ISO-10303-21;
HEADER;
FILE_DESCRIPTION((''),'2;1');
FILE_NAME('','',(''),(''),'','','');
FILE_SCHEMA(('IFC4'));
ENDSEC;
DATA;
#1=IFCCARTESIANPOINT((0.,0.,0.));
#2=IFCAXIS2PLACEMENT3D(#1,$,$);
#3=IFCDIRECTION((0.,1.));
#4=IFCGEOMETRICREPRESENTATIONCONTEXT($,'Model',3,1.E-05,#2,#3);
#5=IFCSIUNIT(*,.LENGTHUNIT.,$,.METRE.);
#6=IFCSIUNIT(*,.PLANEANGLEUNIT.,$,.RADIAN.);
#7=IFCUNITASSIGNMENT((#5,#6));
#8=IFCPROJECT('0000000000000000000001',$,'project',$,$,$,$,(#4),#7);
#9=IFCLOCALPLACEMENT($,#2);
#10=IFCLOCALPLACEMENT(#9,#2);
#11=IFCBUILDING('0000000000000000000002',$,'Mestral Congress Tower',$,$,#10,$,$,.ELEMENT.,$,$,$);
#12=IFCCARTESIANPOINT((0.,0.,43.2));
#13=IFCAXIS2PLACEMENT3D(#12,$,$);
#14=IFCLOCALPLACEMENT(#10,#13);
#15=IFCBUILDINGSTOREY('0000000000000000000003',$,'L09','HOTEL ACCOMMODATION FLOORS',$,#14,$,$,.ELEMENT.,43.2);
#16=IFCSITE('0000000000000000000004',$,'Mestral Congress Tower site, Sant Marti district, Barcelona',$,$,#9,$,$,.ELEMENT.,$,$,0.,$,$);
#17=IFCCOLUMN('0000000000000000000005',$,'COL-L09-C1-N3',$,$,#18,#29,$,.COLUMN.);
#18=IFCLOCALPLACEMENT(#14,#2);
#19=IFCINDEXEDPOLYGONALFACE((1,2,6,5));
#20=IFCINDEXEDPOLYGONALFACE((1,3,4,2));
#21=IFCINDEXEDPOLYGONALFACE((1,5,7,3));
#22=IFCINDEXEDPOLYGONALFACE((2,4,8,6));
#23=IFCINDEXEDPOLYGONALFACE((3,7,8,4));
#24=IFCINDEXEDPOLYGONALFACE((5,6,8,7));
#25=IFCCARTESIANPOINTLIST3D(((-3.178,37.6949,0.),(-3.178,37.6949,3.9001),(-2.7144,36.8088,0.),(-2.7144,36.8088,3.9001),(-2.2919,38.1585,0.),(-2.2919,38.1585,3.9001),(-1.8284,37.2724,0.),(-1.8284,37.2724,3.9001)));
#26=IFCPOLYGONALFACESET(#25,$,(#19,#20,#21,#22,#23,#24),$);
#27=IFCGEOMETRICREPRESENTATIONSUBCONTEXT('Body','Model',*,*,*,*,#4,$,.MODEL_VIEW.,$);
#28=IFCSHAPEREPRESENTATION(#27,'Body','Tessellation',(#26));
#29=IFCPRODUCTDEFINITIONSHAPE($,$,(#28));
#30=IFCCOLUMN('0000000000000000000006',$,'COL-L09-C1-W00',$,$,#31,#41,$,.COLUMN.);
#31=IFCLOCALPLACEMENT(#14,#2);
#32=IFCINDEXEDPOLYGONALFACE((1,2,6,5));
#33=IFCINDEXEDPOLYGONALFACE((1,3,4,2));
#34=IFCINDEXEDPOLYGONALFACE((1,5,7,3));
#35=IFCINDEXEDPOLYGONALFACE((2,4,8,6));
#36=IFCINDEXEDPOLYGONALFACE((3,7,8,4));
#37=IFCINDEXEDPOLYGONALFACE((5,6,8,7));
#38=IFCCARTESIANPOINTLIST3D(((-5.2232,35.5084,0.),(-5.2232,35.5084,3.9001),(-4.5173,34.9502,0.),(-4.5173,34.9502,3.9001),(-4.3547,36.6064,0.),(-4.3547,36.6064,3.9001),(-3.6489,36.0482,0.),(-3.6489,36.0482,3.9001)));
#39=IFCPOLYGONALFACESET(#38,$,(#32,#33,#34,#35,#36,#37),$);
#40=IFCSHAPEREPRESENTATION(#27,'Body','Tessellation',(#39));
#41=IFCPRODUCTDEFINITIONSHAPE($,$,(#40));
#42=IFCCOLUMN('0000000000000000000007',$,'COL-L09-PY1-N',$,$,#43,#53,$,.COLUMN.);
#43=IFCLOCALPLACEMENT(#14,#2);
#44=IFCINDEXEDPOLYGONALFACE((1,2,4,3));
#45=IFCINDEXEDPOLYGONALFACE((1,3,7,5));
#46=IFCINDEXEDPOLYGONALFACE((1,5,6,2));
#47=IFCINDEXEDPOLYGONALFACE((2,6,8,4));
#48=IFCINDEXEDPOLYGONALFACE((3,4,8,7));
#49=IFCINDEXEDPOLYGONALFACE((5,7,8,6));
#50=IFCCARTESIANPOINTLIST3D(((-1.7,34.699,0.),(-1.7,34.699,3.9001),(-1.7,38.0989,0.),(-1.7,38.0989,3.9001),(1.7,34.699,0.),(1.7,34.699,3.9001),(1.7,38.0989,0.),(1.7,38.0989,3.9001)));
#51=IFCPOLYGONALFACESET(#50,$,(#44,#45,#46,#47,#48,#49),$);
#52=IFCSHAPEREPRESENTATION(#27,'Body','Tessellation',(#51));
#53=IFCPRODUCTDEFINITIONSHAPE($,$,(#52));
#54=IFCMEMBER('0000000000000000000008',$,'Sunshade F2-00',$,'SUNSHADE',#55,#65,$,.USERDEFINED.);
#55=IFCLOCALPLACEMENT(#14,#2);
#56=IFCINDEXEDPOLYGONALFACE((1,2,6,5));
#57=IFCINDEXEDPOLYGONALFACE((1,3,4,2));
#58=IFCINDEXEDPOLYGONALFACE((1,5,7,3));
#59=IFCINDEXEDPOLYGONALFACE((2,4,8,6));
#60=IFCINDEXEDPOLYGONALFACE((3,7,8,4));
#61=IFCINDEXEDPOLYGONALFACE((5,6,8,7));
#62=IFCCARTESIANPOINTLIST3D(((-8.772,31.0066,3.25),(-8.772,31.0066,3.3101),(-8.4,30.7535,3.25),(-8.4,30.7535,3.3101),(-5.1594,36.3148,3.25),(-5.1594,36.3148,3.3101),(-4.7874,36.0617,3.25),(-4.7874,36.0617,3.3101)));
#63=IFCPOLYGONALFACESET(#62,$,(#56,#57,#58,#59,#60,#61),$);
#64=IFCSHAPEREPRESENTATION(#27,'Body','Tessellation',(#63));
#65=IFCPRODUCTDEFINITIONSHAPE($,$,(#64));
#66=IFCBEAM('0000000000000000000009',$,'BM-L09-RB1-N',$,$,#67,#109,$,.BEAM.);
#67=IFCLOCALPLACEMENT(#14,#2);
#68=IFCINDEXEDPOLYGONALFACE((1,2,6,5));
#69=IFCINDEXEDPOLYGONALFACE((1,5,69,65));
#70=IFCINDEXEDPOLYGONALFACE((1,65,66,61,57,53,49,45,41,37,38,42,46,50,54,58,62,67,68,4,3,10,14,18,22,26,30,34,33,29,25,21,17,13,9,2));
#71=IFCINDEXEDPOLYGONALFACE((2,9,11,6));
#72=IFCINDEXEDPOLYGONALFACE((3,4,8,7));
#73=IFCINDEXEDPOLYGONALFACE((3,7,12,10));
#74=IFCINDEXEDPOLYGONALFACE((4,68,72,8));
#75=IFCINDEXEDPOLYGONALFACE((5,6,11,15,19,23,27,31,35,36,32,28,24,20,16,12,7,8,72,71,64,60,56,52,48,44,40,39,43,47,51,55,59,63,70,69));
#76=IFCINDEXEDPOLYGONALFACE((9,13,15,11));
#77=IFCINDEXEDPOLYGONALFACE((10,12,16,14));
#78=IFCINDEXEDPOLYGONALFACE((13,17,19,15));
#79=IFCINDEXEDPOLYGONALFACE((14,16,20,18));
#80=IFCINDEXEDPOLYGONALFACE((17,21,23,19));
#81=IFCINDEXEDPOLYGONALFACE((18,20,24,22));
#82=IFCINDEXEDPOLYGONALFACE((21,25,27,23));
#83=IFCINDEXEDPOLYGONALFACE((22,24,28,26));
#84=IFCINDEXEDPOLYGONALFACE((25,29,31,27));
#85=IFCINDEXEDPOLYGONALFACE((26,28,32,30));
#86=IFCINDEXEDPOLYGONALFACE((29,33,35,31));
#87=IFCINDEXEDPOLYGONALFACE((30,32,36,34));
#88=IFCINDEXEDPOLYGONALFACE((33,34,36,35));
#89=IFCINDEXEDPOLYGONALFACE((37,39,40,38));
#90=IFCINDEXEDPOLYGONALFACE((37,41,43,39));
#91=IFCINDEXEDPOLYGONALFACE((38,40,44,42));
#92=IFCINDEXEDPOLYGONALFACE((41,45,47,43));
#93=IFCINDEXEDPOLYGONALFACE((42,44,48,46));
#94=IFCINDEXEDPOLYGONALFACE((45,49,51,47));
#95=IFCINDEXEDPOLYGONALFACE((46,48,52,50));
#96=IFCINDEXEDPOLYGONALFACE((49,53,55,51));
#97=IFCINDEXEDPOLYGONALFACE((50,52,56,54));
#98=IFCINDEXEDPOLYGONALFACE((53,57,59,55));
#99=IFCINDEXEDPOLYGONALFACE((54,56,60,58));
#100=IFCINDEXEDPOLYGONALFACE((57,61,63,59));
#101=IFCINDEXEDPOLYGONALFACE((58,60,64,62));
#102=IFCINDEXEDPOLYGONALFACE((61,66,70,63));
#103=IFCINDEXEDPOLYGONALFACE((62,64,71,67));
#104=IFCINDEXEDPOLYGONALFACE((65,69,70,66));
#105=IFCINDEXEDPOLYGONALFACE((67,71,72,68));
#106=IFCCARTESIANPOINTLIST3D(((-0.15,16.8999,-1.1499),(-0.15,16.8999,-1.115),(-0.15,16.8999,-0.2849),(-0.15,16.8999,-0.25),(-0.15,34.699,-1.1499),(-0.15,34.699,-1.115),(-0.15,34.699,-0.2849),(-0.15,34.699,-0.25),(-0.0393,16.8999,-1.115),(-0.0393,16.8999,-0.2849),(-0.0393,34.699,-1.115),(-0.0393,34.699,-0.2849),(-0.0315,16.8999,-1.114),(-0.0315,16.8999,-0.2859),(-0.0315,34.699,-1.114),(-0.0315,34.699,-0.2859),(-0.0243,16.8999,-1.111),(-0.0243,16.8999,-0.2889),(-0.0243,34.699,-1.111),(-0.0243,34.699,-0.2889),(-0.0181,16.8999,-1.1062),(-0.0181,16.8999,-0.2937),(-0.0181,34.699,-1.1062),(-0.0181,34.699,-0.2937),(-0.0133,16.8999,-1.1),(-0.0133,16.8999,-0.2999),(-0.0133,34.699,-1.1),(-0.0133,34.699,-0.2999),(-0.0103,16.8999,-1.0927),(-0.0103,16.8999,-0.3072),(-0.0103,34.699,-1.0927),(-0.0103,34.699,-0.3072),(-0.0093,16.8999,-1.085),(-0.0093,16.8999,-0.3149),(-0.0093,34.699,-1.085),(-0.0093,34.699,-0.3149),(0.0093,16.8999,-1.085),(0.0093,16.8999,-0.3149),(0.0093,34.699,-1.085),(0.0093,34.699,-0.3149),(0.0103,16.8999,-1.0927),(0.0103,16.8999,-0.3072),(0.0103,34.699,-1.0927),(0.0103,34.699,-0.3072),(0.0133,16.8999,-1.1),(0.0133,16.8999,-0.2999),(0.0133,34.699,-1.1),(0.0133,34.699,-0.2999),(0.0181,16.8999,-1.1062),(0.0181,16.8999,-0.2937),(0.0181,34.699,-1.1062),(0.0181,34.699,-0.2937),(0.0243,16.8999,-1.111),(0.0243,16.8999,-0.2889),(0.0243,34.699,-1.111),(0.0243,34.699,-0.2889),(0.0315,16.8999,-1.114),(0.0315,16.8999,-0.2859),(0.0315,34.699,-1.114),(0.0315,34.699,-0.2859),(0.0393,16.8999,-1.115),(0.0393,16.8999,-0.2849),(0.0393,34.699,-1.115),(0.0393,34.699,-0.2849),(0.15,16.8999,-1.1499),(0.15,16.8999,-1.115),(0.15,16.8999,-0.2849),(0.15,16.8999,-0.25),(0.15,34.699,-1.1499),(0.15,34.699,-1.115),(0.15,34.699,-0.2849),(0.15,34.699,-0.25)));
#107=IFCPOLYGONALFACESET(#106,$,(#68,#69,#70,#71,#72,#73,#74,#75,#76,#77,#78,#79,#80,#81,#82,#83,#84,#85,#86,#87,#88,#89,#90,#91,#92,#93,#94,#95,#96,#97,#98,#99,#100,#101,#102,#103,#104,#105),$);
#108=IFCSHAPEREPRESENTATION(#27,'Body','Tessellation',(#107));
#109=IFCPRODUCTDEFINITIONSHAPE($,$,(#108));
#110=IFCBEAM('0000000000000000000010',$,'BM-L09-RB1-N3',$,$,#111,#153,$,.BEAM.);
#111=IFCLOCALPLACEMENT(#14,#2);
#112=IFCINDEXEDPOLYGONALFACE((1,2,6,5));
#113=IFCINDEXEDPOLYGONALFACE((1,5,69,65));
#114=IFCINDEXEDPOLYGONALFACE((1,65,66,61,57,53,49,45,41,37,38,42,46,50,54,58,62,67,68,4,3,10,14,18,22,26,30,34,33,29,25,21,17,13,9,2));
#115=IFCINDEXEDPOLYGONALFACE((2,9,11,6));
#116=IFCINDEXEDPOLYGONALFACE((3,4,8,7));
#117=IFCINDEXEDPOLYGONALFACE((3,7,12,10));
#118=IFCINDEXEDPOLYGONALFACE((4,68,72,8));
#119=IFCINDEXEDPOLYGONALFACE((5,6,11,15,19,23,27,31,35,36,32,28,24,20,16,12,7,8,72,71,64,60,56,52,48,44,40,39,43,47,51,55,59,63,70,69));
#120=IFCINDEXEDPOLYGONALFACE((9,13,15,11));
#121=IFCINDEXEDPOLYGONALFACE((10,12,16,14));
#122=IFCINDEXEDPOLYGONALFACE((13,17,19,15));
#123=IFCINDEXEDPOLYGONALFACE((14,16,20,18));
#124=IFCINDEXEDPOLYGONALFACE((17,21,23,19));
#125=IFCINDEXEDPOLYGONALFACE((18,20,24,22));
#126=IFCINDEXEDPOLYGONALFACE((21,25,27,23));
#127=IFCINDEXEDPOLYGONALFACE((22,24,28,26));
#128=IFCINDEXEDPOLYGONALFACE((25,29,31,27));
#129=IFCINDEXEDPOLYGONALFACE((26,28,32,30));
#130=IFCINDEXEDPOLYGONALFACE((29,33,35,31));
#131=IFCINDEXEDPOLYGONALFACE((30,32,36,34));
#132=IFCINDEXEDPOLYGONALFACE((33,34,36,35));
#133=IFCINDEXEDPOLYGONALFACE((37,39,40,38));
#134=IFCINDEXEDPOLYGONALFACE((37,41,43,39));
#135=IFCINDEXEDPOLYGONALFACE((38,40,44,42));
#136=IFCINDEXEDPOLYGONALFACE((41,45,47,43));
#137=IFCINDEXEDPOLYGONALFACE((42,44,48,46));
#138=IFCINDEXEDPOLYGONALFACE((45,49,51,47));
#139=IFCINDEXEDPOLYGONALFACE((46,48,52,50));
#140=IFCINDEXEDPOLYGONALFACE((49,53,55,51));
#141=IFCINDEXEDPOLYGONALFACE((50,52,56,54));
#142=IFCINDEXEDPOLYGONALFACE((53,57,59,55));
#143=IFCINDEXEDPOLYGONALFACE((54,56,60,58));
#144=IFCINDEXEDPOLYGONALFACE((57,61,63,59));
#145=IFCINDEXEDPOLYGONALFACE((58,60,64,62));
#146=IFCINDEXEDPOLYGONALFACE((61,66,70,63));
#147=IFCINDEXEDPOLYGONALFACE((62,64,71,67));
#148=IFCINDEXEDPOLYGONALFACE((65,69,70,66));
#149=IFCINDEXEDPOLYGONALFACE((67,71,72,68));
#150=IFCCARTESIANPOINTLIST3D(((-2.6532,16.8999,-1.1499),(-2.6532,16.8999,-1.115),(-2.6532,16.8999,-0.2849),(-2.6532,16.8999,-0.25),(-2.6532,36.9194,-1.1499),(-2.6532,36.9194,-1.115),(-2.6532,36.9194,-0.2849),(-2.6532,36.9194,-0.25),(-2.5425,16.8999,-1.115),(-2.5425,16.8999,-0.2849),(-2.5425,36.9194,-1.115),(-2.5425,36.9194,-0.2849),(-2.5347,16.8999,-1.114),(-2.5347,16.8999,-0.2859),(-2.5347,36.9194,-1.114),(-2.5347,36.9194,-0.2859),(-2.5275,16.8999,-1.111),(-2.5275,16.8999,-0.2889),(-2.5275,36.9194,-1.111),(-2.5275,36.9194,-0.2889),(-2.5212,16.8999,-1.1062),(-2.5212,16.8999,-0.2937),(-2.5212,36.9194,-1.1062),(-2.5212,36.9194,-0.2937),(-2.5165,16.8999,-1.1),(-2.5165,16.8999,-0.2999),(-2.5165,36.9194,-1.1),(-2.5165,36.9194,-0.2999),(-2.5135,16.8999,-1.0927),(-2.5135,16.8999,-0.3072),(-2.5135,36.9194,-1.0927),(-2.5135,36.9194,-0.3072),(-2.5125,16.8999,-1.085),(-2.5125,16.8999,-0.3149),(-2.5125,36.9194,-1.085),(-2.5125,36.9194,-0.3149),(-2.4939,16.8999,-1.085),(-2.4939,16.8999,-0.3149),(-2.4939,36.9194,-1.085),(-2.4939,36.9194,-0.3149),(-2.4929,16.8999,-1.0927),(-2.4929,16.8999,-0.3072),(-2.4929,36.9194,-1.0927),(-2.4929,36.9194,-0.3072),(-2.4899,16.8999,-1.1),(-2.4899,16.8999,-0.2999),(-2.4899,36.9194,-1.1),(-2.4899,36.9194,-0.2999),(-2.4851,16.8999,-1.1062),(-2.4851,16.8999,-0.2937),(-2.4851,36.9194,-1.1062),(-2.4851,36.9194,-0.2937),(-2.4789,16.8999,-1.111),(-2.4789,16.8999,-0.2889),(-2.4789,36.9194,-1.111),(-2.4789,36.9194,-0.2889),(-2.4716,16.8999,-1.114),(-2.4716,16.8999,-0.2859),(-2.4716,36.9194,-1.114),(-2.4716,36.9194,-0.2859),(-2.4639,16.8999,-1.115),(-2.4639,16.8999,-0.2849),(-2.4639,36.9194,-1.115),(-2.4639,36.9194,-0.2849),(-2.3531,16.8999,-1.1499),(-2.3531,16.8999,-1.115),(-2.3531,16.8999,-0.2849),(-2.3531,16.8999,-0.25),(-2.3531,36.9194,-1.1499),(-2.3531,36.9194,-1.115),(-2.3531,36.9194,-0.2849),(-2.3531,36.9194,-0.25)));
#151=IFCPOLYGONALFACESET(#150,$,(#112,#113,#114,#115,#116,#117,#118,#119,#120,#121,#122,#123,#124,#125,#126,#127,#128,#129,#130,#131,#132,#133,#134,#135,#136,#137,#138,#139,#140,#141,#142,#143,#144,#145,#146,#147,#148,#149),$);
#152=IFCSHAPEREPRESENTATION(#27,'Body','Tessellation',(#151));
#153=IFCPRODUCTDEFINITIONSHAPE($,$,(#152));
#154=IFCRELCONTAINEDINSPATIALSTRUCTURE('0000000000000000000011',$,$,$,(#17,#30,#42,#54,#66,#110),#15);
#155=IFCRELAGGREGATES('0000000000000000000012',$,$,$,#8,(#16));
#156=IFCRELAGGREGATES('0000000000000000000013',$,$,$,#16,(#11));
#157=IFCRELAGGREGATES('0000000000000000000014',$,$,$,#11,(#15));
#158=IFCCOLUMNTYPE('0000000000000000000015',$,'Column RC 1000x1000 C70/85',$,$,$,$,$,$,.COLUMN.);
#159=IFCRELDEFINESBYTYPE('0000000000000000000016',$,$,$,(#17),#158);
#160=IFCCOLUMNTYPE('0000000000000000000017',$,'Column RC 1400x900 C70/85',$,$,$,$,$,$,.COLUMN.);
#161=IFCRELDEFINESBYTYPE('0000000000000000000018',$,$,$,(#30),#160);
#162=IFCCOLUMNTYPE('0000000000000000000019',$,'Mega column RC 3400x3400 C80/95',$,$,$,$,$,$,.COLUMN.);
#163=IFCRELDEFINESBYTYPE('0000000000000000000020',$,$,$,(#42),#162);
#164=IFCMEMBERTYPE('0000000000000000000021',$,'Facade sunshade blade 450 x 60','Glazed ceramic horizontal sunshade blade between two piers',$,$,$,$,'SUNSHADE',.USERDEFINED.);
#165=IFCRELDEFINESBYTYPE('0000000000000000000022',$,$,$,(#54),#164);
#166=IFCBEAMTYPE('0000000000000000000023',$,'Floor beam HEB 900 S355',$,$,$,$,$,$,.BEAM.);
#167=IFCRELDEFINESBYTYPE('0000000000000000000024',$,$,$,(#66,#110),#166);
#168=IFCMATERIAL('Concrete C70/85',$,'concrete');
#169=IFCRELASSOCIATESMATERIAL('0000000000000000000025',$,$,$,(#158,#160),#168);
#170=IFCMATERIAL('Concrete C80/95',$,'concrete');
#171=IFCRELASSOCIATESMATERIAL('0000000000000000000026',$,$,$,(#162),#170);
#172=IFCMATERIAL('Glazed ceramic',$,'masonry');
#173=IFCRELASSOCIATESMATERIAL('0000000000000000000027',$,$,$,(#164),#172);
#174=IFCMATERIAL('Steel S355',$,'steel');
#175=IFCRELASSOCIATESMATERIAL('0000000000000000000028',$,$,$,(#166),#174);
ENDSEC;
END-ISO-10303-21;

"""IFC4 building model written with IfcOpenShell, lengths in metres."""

from ifc_helpers import new_model, si_unit, direction, frame, origin, origin_2d, place, context, subcontext, project, spatial, rectangle, i_section, extrude, material, material_profile, profile_set, type_object, element, save


model = new_model("IFC4")

# Units and contexts
model_context = context("Model", 3, precision=1e-05, world=origin(), true_north=direction((0.0, 1.0)))
body_context = subcontext(model_context, "Body", "Model", "MODEL_VIEW")
ifc_project = project(units=[si_unit("LENGTHUNIT", "METRE"), si_unit("PLANEANGLEUNIT", "RADIAN")], contexts=[model_context])

# Site, building, storey
site_placement = place(None, origin())
site = spatial("IfcSite", under=ifc_project, at=site_placement, Name="Mestral Congress Tower site, Sant Marti district, Barcelona", CompositionType="ELEMENT", RefElevation=0.0)
building_placement = place(site_placement, origin())
building = spatial("IfcBuilding", under=site, at=building_placement, Name="Mestral Congress Tower", CompositionType="ELEMENT")
storey_placement = place(building_placement, frame((0.0, 0.0, 43.2)))
storey = spatial("IfcBuildingStorey", under=building, at=storey_placement, Name="L09", Description="HOTEL ACCOMMODATION FLOORS", CompositionType="ELEMENT", Elevation=43.2)

# Columns
ifc_material_1 = material(Name="Concrete C70/85", Category="concrete")
ifc_material_profile_1 = material_profile(ifc_material_1, rectangle(XDim=1.0, YDim=1.0, at=origin_2d()), Name="RC 1000x1000")
ifc_profile_set_1 = profile_set([ifc_material_profile_1], Name="Concrete C70/85")
column_type_1 = type_object("IfcColumnType", Name="Column RC 1000x1000 C70/85", PredefinedType="COLUMN", material=ifc_profile_set_1)
column_1_placement = place(storey_placement, frame((-2.5032, 37.4836, 0.0), z_axis=(0.0, 0.0, 1.0), x_axis=(-0.886068, -0.463556, 0.0)))
element("IfcColumn", 1, at=column_1_placement, inside=storey, type_object=column_type_1, Name="COL-L09-C1-N3", PredefinedType="COLUMN", context=body_context, shape_type="SweptSolid", body=[
    extrude(rectangle(XDim=1.0, YDim=1.0, at=origin_2d()), origin(), (0.0, 0.0, 1.0), 3.9001),
])
ifc_material_profile_2 = material_profile(ifc_material_1, rectangle(XDim=1.3999, YDim=0.8999, at=origin_2d()), Name="RC 1400x900")
ifc_profile_set_2 = profile_set([ifc_material_profile_2], Name="Concrete C70/85")
column_type_2 = type_object("IfcColumnType", Name="Column RC 1400x900 C70/85", PredefinedType="COLUMN", material=ifc_profile_set_2)
column_2_placement = place(storey_placement, frame((-4.436, 35.7783, 0.0), z_axis=(0.0, 0.0, 1.0), x_axis=(-0.620334, -0.784338, 0.0)))
element("IfcColumn", 2, at=column_2_placement, inside=storey, type_object=column_type_2, Name="COL-L09-C1-W00", PredefinedType="COLUMN", context=body_context, shape_type="SweptSolid", body=[
    extrude(rectangle(XDim=1.3999, YDim=0.8999, at=origin_2d()), origin(), (0.0, 0.0, 1.0), 3.9001),
])
ifc_material_2 = material(Name="Concrete C80/95", Category="concrete")
ifc_material_profile_3 = material_profile(ifc_material_2, rectangle(XDim=3.3999, YDim=3.3999, at=origin_2d()), Name="RC 3400x3400")
ifc_profile_set_3 = profile_set([ifc_material_profile_3], Name="Concrete C80/95")
column_type_3 = type_object("IfcColumnType", Name="Mega column RC 3400x3400 C80/95", PredefinedType="COLUMN", material=ifc_profile_set_3)
column_3_placement = place(storey_placement, frame((0.0, 36.3989, 0.0), z_axis=(0.0, 0.0, 1.0), x_axis=(0.0, 1.0, 0.0)))
element("IfcColumn", 3, at=column_3_placement, inside=storey, type_object=column_type_3, Name="COL-L09-PY1-N", PredefinedType="COLUMN", context=body_context, shape_type="SweptSolid", body=[
    extrude(rectangle(XDim=3.3999, YDim=3.3999, at=origin_2d()), origin(), (0.0, 0.0, 1.0), 3.9001),
])

# Member
ifc_material_3 = material(Name="Glazed ceramic", Category="masonry")
ifc_material_profile_4 = material_profile(ifc_material_3, rectangle(XDim=0.45, YDim=0.0601, at=origin_2d()), Name="Ceramic blade 450 x 60")
ifc_profile_set_4 = profile_set([ifc_material_profile_4], Name="Glazed ceramic")
member_type = type_object("IfcMemberType", Name="Facade sunshade blade 450 x 60", Description="Glazed ceramic horizontal sunshade blade between two piers", ElementType="SUNSHADE", PredefinedType="USERDEFINED", material=ifc_profile_set_4)
member_placement = place(storey_placement, frame((-4.9734, 36.1882, 3.28), z_axis=(-0.562633, -0.826706, 0.0), x_axis=(0.826706, -0.562633, 0.0)))
element("IfcMember", 4, at=member_placement, inside=storey, type_object=member_type, Name="Sunshade F2-00", ObjectType="SUNSHADE", PredefinedType="USERDEFINED", context=body_context, shape_type="SweptSolid", body=[
    extrude(rectangle(XDim=0.45, YDim=0.0601, at=origin_2d()), origin(), (0.0, 0.0, 1.0), 6.4209),
])

# Beams
ifc_material_4 = material(Name="Steel S355", Category="steel")
ifc_material_profile_5 = material_profile(ifc_material_4, i_section(OverallWidth=0.3, OverallDepth=0.8999, WebThickness=0.0186, FlangeThickness=0.0349, FilletRadius=0.03, at=origin_2d()), Name="HEB 900")
ifc_profile_set_5 = profile_set([ifc_material_profile_5], Name="Steel S355")
beam_type_1 = type_object("IfcBeamType", Name="Floor beam HEB 900 S355", PredefinedType="BEAM", material=ifc_profile_set_5)
beam_1_placement = place(storey_placement, frame((0.0, 34.699, -0.7), z_axis=(0.0, -1.0, 0.0), x_axis=(1.0, 0.0, 0.0)))
element("IfcBeam", 5, at=beam_1_placement, inside=storey, type_object=beam_type_1, Name="BM-L09-RB1-N", PredefinedType="BEAM", context=body_context, shape_type="SweptSolid", body=[
    extrude(i_section(OverallWidth=0.3, OverallDepth=0.8999, WebThickness=0.0186, FlangeThickness=0.0349, FilletRadius=0.03, at=origin_2d()), origin(), (0.0, 0.0, 1.0), 17.7991),
])
beam_2_placement = place(storey_placement, frame((-2.5032, 36.9194, -0.7), z_axis=(0.0, -1.0, 0.0), x_axis=(1.0, 0.0, 0.0)))
element("IfcBeam", 6, at=beam_2_placement, inside=storey, type_object=beam_type_1, Name="BM-L09-RB1-N3", PredefinedType="BEAM", context=body_context, shape_type="SweptSolid", body=[
    extrude(i_section(OverallWidth=0.3, OverallDepth=0.8999, WebThickness=0.0186, FlangeThickness=0.0349, FilletRadius=0.03, at=origin_2d()), origin(), (0.0, 0.0, 1.0), 20.0195),
])

save(model, "model.ifc")
